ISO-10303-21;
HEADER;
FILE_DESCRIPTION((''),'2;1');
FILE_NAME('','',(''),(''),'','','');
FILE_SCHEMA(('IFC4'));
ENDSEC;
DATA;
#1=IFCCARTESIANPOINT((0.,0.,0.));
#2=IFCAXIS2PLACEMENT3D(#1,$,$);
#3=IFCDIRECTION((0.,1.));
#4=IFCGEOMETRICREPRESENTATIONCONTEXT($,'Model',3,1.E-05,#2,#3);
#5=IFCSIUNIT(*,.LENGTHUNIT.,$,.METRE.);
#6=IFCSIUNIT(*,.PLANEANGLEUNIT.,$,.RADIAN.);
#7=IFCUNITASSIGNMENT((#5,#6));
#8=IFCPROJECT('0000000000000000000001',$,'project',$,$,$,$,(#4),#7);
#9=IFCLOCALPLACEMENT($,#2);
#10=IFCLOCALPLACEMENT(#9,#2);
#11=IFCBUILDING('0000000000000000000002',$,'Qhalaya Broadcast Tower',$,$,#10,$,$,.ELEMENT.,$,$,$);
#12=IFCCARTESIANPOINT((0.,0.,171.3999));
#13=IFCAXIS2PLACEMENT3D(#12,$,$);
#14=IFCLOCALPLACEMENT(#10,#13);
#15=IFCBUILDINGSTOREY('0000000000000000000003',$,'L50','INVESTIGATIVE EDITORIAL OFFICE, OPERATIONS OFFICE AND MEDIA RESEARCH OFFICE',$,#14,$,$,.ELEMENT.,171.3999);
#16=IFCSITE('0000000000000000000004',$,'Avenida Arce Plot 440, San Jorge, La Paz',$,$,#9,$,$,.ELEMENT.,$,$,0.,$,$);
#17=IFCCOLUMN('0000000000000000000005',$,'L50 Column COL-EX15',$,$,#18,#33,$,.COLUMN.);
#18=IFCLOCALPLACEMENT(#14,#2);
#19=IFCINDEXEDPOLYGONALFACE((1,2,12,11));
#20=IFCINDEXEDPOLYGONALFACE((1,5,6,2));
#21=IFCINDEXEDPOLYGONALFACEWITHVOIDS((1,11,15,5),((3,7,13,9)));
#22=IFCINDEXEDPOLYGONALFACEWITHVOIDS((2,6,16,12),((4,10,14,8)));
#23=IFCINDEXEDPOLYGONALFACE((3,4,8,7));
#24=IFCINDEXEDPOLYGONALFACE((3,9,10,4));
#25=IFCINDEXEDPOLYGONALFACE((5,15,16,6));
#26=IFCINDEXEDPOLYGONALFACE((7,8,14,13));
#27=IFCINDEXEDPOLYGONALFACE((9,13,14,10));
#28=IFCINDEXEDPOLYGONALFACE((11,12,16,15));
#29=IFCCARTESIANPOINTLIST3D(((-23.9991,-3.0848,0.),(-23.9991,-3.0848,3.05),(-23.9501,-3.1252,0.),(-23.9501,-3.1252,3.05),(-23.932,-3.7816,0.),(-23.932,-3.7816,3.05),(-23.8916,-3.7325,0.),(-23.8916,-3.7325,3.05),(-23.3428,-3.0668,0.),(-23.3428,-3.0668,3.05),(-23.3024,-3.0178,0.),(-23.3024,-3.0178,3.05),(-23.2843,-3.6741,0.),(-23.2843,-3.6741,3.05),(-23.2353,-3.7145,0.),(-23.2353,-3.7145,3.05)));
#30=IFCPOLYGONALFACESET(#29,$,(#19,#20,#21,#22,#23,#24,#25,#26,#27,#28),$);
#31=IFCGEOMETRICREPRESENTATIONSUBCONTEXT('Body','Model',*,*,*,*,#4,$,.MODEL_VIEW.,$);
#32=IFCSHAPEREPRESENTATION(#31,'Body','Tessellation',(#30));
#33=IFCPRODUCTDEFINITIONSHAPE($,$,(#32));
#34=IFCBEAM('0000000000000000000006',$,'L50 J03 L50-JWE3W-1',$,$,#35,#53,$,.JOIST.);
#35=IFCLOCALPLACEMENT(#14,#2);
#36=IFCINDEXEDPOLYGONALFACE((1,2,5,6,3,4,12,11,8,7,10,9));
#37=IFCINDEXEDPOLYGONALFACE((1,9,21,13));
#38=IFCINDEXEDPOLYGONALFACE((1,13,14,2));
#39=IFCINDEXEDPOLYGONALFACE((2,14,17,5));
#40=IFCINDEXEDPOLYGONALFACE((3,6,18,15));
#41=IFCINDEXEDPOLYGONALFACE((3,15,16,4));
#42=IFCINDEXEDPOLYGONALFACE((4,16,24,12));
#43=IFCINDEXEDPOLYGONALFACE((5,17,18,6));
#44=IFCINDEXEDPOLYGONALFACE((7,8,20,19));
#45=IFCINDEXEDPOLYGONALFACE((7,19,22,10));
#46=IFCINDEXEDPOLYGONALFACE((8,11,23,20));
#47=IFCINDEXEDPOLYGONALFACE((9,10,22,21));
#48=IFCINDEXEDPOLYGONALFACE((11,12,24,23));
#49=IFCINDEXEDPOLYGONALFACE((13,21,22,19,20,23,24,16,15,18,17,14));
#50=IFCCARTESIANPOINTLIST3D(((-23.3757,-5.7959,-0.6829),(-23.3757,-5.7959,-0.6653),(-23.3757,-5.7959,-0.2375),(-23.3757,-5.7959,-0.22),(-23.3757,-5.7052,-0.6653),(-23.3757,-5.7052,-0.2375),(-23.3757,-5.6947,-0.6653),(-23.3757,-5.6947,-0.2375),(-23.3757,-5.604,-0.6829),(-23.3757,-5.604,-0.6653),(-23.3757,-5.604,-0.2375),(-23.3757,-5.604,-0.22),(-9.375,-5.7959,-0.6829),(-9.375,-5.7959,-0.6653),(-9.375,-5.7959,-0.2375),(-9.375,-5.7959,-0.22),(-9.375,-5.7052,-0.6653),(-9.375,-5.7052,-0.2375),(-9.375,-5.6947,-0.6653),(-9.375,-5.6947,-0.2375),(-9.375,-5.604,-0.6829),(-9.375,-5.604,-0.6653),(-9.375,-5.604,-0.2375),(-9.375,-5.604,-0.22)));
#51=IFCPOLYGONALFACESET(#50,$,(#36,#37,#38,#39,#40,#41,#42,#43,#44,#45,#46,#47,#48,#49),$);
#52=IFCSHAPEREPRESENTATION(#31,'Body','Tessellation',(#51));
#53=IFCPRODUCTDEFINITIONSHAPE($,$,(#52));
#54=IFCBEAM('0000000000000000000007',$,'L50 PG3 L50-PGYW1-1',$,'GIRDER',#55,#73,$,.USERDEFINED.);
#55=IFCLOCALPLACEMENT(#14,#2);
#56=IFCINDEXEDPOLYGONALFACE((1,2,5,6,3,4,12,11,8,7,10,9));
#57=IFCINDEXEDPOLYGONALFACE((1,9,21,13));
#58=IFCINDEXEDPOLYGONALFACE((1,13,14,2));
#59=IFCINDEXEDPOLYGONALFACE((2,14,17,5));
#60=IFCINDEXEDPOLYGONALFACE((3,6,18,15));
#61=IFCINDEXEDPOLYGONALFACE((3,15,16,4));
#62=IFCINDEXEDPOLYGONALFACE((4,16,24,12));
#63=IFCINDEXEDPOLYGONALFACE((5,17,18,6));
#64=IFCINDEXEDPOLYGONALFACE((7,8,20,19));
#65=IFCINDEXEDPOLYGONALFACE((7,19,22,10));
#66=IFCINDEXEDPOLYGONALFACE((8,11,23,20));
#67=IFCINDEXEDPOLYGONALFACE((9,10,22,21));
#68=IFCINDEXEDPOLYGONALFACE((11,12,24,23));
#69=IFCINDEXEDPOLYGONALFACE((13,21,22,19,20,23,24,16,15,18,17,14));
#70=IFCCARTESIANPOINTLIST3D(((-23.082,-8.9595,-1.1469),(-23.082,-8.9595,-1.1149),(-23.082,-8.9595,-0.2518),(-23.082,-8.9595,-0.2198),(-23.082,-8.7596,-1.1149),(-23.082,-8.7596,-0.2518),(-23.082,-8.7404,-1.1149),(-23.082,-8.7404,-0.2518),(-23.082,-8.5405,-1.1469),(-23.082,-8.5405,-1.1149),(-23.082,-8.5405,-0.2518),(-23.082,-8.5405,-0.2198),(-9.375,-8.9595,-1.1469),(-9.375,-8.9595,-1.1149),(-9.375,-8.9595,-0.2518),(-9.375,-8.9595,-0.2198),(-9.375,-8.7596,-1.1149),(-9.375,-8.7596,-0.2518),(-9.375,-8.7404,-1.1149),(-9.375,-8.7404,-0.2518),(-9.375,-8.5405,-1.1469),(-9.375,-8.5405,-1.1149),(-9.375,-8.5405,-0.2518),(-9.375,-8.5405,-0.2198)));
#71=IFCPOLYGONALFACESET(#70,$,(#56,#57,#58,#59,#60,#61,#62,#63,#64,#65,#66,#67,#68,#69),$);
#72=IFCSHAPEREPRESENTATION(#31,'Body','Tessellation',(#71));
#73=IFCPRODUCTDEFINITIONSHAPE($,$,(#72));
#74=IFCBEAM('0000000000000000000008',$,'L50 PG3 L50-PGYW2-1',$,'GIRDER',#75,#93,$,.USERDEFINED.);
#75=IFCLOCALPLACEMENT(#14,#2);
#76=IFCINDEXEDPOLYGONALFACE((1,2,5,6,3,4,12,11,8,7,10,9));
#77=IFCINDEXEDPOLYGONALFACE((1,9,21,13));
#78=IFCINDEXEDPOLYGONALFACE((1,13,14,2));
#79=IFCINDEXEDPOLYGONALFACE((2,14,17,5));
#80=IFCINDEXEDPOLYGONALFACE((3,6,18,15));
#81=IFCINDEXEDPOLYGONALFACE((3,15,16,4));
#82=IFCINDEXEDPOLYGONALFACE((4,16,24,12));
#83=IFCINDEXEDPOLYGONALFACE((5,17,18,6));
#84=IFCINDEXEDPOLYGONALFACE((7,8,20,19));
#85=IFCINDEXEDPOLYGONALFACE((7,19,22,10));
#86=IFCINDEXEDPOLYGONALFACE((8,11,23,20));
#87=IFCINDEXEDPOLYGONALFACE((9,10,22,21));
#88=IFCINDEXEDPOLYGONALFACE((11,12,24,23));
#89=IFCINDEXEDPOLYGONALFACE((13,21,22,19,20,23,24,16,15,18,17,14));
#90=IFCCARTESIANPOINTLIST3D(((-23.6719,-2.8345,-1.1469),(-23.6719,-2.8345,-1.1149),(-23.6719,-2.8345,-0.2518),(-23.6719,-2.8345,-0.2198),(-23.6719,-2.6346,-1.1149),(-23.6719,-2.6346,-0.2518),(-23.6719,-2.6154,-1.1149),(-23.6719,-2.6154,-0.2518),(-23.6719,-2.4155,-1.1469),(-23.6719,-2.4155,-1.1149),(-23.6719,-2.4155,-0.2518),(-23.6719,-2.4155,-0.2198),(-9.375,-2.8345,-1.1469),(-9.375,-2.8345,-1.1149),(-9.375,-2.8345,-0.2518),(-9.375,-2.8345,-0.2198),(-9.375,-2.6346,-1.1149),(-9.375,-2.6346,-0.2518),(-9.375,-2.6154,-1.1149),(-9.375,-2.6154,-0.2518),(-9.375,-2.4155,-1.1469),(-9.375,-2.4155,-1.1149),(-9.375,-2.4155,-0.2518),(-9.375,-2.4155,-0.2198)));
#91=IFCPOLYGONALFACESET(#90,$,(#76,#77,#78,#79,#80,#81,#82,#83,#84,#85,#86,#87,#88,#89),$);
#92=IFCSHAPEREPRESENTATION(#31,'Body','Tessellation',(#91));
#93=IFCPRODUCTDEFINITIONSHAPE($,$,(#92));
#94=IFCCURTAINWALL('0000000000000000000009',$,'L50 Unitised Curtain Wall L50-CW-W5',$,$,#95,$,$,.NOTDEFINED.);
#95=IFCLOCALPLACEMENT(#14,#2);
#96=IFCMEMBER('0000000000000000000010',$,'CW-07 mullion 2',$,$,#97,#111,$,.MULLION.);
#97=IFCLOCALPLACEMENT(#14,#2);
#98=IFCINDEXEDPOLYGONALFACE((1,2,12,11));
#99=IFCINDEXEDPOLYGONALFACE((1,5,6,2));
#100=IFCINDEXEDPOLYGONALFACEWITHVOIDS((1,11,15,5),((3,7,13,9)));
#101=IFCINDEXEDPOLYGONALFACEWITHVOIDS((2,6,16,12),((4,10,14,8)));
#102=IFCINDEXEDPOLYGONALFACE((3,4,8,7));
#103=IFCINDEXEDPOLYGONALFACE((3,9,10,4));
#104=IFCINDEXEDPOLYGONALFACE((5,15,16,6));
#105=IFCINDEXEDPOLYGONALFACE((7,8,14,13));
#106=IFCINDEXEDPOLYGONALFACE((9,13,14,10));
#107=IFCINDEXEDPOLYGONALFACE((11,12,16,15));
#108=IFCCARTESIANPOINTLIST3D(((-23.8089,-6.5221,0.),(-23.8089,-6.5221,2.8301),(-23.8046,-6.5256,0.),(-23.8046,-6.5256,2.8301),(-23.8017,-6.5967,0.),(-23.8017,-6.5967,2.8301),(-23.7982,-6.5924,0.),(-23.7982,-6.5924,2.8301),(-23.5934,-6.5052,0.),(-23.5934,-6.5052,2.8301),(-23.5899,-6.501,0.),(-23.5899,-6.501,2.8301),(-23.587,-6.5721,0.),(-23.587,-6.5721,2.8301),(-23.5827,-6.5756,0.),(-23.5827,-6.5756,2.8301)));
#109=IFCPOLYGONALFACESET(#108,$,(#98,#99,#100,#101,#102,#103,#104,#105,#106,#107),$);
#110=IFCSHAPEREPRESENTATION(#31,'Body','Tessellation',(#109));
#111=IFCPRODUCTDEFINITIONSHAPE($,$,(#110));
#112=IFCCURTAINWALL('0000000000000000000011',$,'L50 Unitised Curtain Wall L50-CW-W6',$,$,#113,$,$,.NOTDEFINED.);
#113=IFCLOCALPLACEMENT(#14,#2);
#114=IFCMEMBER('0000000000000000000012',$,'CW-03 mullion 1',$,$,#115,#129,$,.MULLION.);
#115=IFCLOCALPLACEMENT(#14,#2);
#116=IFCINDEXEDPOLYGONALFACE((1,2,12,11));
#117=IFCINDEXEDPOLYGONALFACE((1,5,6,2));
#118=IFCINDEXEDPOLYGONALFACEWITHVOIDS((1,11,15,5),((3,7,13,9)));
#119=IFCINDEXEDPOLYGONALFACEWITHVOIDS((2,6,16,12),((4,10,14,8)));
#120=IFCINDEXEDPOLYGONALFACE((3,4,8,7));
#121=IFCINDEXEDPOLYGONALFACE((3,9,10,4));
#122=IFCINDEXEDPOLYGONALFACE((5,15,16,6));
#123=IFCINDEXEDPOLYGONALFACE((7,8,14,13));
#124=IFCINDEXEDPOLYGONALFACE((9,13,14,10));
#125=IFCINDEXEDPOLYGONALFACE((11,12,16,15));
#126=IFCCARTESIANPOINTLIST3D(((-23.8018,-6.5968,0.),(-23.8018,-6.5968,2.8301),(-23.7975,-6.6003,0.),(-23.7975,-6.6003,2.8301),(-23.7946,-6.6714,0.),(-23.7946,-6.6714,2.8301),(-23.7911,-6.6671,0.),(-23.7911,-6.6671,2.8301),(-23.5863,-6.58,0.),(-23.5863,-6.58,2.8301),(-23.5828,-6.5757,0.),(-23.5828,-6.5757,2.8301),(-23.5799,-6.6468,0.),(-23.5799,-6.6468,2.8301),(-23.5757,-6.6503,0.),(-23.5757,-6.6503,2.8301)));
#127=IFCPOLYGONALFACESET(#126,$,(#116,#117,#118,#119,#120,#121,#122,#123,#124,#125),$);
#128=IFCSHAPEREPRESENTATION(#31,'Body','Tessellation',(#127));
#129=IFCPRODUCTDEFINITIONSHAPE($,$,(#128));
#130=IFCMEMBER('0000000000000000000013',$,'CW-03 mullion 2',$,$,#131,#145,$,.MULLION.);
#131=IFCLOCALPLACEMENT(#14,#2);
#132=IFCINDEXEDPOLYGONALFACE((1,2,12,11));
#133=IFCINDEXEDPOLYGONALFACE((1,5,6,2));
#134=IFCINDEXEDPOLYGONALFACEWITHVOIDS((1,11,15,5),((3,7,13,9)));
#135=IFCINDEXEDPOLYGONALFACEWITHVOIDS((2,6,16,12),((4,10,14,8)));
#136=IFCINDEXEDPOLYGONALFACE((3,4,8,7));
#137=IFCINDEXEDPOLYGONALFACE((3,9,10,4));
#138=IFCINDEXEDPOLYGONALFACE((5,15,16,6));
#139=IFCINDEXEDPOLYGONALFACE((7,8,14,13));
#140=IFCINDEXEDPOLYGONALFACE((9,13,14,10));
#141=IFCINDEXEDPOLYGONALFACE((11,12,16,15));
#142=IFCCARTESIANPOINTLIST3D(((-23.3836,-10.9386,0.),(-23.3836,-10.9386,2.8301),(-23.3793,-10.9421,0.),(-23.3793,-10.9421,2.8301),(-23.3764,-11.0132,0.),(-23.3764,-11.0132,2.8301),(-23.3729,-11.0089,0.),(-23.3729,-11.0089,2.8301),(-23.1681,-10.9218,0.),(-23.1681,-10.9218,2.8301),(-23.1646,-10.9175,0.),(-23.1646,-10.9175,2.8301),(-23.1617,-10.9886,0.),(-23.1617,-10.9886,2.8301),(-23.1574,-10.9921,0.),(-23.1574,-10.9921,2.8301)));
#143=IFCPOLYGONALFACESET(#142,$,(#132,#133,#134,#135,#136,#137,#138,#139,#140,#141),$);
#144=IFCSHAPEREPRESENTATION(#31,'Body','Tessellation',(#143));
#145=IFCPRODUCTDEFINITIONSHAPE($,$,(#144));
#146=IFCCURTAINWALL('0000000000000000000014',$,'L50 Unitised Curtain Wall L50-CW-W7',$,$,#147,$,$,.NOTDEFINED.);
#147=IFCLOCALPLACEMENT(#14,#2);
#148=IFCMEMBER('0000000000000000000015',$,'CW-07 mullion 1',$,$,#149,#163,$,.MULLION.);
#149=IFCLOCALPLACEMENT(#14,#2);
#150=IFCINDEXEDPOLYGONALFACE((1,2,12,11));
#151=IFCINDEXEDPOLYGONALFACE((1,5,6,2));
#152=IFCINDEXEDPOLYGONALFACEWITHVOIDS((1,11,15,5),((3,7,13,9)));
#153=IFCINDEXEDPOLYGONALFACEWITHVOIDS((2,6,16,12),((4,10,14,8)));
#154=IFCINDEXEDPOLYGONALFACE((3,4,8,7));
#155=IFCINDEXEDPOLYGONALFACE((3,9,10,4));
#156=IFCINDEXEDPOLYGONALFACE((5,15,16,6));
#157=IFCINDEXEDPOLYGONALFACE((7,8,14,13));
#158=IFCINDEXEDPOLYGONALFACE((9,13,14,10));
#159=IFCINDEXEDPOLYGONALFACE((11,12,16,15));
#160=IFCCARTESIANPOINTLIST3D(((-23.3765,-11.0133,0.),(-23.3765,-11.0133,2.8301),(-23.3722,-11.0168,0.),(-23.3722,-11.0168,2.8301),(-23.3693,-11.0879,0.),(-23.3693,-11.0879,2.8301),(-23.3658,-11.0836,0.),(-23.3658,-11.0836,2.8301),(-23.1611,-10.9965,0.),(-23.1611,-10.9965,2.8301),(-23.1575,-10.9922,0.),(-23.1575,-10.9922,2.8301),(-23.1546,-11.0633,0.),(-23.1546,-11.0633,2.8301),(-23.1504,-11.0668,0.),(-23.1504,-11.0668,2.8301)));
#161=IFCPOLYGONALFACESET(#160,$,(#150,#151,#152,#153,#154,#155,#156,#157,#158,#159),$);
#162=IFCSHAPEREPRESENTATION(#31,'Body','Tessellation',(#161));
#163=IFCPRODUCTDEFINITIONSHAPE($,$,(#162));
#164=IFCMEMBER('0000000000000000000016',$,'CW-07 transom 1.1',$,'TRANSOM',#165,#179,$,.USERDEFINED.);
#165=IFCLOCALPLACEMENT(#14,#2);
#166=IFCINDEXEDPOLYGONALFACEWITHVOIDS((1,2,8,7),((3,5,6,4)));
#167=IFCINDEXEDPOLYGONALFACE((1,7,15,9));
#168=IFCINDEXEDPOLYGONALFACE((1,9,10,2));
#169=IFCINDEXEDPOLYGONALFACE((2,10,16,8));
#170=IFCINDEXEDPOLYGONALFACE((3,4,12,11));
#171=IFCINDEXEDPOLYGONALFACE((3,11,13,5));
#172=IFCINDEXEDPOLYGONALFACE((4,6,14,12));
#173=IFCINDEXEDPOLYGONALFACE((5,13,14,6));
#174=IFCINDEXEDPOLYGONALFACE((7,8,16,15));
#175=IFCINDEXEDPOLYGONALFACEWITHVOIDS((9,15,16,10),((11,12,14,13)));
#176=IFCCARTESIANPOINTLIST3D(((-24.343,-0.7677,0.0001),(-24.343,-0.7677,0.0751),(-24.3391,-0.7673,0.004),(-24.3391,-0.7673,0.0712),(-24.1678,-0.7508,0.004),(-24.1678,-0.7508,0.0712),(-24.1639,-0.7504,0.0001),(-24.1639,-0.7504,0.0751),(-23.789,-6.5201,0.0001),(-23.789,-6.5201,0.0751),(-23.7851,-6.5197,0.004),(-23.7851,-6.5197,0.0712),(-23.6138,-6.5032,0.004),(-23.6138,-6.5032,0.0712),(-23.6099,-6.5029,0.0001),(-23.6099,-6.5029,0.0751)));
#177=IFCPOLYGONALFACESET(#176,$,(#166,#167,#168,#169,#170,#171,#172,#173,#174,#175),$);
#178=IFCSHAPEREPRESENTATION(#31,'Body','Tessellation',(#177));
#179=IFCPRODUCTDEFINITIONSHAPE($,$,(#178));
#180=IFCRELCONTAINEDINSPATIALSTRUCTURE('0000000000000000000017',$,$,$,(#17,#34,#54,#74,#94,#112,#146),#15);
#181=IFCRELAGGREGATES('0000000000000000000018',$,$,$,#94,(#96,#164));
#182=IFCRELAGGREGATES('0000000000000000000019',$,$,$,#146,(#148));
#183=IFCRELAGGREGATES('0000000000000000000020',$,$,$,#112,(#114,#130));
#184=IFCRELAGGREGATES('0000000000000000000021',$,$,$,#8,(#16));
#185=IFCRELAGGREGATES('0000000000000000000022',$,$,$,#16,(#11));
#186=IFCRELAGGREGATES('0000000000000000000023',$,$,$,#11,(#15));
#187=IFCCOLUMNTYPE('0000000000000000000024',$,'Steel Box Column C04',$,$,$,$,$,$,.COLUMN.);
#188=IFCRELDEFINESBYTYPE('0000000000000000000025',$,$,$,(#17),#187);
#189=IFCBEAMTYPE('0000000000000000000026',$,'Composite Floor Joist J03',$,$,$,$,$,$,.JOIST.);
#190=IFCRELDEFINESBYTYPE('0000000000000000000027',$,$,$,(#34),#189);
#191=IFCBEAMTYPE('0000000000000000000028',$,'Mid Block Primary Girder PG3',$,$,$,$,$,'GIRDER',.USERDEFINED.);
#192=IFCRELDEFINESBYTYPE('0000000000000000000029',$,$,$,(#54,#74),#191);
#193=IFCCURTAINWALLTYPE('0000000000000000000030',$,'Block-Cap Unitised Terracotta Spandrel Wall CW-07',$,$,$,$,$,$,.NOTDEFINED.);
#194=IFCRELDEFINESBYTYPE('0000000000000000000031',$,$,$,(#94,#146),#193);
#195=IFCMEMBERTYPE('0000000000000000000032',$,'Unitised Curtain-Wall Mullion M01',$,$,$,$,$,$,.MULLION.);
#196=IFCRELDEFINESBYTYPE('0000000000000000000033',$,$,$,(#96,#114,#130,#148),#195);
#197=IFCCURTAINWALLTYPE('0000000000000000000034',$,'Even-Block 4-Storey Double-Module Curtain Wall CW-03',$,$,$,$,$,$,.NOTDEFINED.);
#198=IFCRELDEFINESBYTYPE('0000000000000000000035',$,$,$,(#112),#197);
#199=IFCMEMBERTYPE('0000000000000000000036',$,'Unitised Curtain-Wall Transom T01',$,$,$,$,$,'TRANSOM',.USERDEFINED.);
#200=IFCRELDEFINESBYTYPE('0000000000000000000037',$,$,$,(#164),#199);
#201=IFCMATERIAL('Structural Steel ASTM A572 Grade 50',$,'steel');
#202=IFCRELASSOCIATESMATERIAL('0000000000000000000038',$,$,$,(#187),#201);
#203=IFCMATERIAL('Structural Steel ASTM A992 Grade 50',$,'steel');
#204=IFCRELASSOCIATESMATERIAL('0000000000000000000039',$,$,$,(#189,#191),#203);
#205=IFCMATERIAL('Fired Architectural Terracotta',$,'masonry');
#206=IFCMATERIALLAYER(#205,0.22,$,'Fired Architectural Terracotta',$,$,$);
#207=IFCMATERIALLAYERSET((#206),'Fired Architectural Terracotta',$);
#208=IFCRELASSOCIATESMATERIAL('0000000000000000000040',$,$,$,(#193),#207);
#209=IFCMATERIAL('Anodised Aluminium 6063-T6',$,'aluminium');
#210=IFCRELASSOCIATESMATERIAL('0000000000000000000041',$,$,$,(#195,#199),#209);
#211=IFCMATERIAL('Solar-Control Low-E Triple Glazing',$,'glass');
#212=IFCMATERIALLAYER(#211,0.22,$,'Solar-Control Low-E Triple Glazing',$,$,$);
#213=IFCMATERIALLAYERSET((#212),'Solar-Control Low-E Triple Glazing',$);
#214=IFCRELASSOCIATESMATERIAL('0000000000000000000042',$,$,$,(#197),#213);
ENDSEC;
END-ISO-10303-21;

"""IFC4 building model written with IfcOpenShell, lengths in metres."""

from ifc_helpers import new_model, si_unit, direction, frame, origin, origin_2d, place, context, subcontext, project, spatial, hollow_rectangle, i_section, extrude, material, layer, layer_set, material_profile, profile_set, type_object, element, aggregate, save


model = new_model("IFC4")

# Units and contexts
model_context = context("Model", 3, precision=1e-05, world=origin(), true_north=direction((0.0, 1.0)))
body_context = subcontext(model_context, "Body", "Model", "MODEL_VIEW")
ifc_project = project(units=[si_unit("LENGTHUNIT", "METRE"), si_unit("PLANEANGLEUNIT", "RADIAN")], contexts=[model_context])

# Site, building, storey
site_placement = place(None, origin())
site = spatial("IfcSite", under=ifc_project, at=site_placement, Name="Avenida Arce Plot 440, San Jorge, La Paz", CompositionType="ELEMENT", RefElevation=0.0)
building_placement = place(site_placement, origin())
building = spatial("IfcBuilding", under=site, at=building_placement, Name="Qhalaya Broadcast Tower", CompositionType="ELEMENT")
storey_placement = place(building_placement, frame((0.0, 0.0, 171.3999)))
storey = spatial("IfcBuildingStorey", under=building, at=storey_placement, Name="L50", Description="INVESTIGATIVE EDITORIAL OFFICE, OPERATIONS OFFICE AND MEDIA RESEARCH OFFICE", CompositionType="ELEMENT", Elevation=171.3999)

# Column
ifc_material_1 = material(Name="Structural Steel ASTM A572 Grade 50", Category="steel")
ifc_material_profile_1 = material_profile(ifc_material_1, hollow_rectangle(XDim=0.7, YDim=0.7, WallThickness=0.0449, at=origin_2d()), Name="BOX 700x700x45")
ifc_profile_set_1 = profile_set([ifc_material_profile_1], Name="Structural Steel ASTM A572 Grade 50")
column_type = type_object("IfcColumnType", Name="Steel Box Column C04", PredefinedType="COLUMN", material=ifc_profile_set_1)
column_placement = place(storey_placement, frame((-23.6172, -3.3997, 0.0), z_axis=(0.0, 0.0, 1.0), x_axis=(-0.095846, 0.995396, 0.0)))
element("IfcColumn", 1, at=column_placement, inside=storey, type_object=column_type, Name="L50 Column COL-EX15", PredefinedType="COLUMN", context=body_context, shape_type="SweptSolid", body=[
    extrude(hollow_rectangle(XDim=0.7, YDim=0.7, WallThickness=0.0449, at=origin_2d()), origin(), (0.0, 0.0, 1.0), 3.05),
])

# Beams
ifc_material_2 = material(Name="Structural Steel ASTM A992 Grade 50", Category="steel")
ifc_material_profile_2 = material_profile(ifc_material_2, i_section(OverallWidth=0.1919, OverallDepth=0.4629, WebThickness=0.0105, FlangeThickness=0.0176, at=origin_2d()), Name="W18X60")
ifc_profile_set_2 = profile_set([ifc_material_profile_2], Name="Structural Steel ASTM A992 Grade 50")
beam_type_1 = type_object("IfcBeamType", Name="Composite Floor Joist J03", PredefinedType="JOIST", material=ifc_profile_set_2)
beam_1_placement = place(storey_placement, frame((-23.3757, -5.7, -0.4514), z_axis=(1.0, 0.0, 0.0), x_axis=(0.0, 1.0, 0.0)))
element("IfcBeam", 2, at=beam_1_placement, inside=storey, type_object=beam_type_1, Name="L50 J03 L50-JWE3W-1", PredefinedType="JOIST", context=body_context, shape_type="SweptSolid", body=[
    extrude(i_section(OverallWidth=0.1919, OverallDepth=0.4629, WebThickness=0.0105, FlangeThickness=0.0176, at=origin_2d()), origin(), (0.0, 0.0, 1.0), 14.0007),
])
ifc_material_profile_3 = material_profile(ifc_material_2, i_section(OverallWidth=0.4189, OverallDepth=0.927, WebThickness=0.0193, FlangeThickness=0.032, at=origin_2d()), Name="W36X231")
ifc_profile_set_3 = profile_set([ifc_material_profile_3], Name="Structural Steel ASTM A992 Grade 50")
beam_type_2 = type_object("IfcBeamType", Name="Mid Block Primary Girder PG3", ElementType="GIRDER", PredefinedType="USERDEFINED", material=ifc_profile_set_3)
beam_2_placement = place(storey_placement, frame((-23.082, -8.75, -0.6833), z_axis=(1.0, 0.0, 0.0), x_axis=(0.0, 1.0, 0.0)))
element("IfcBeam", 3, at=beam_2_placement, inside=storey, type_object=beam_type_2, Name="L50 PG3 L50-PGYW1-1", ObjectType="GIRDER", PredefinedType="USERDEFINED", context=body_context, shape_type="SweptSolid", body=[
    extrude(i_section(OverallWidth=0.4189, OverallDepth=0.927, WebThickness=0.0193, FlangeThickness=0.032, at=origin_2d()), origin(), (0.0, 0.0, 1.0), 13.707),
])
beam_3_placement = place(storey_placement, frame((-23.6719, -2.625, -0.6833), z_axis=(1.0, 0.0, 0.0), x_axis=(0.0, 1.0, 0.0)))
element("IfcBeam", 4, at=beam_3_placement, inside=storey, type_object=beam_type_2, Name="L50 PG3 L50-PGYW2-1", ObjectType="GIRDER", PredefinedType="USERDEFINED", context=body_context, shape_type="SweptSolid", body=[
    extrude(i_section(OverallWidth=0.4189, OverallDepth=0.927, WebThickness=0.0193, FlangeThickness=0.032, at=origin_2d()), origin(), (0.0, 0.0, 1.0), 14.2969),
])

# Curtain wall, member
ifc_material_3 = material(Name="Fired Architectural Terracotta", Category="masonry")
ifc_layer_1 = layer(ifc_material_3, 0.22, Name="Fired Architectural Terracotta")
ifc_layer_set_1 = layer_set([ifc_layer_1], Name="Fired Architectural Terracotta")
curtain_wall_type_1 = type_object("IfcCurtainWallType", Name="Block-Cap Unitised Terracotta Spandrel Wall CW-07", PredefinedType="NOTDEFINED", material=ifc_layer_set_1)
curtain_wall_1_placement = place(storey_placement, origin())
curtain_wall_1 = element("IfcCurtainWall", 5, at=curtain_wall_1_placement, inside=storey, type_object=curtain_wall_type_1, Name="L50 Unitised Curtain Wall L50-CW-W5", PredefinedType="NOTDEFINED")
ifc_material_4 = material(Name="Anodised Aluminium 6063-T6", Category="aluminium")
ifc_material_profile_4 = material_profile(ifc_material_4, hollow_rectangle(XDim=0.075, YDim=0.22, WallThickness=0.0039, at=origin_2d()), Name="ALU-MUL 75x220x4")
ifc_profile_set_4 = profile_set([ifc_material_profile_4], Name="Anodised Aluminium 6063-T6")
member_type_1 = type_object("IfcMemberType", Name="Unitised Curtain-Wall Mullion M01", PredefinedType="MULLION", material=ifc_profile_set_4)
member_1_placement = place(storey_placement, frame((-23.6958, -6.5488, 0.0), z_axis=(0.0, 0.0, 1.0), x_axis=(0.095849, -0.995396, 0.0)))
member_1 = element("IfcMember", 6, at=member_1_placement, type_object=member_type_1, Name="CW-07 mullion 2", PredefinedType="MULLION", context=body_context, shape_type="SweptSolid", body=[
    extrude(hollow_rectangle(XDim=0.075, YDim=0.22, WallThickness=0.0039, at=origin_2d()), origin(), (0.0, 0.0, 1.0), 2.8301),
])

# Curtain wall, members
ifc_material_5 = material(Name="Solar-Control Low-E Triple Glazing", Category="glass")
ifc_layer_2 = layer(ifc_material_5, 0.22, Name="Solar-Control Low-E Triple Glazing")
ifc_layer_set_2 = layer_set([ifc_layer_2], Name="Solar-Control Low-E Triple Glazing")
curtain_wall_type_2 = type_object("IfcCurtainWallType", Name="Even-Block 4-Storey Double-Module Curtain Wall CW-03", PredefinedType="NOTDEFINED", material=ifc_layer_set_2)
curtain_wall_2_placement = place(storey_placement, origin())
curtain_wall_2 = element("IfcCurtainWall", 7, at=curtain_wall_2_placement, inside=storey, type_object=curtain_wall_type_2, Name="L50 Unitised Curtain Wall L50-CW-W6", PredefinedType="NOTDEFINED")
member_2_placement = place(storey_placement, frame((-23.6887, -6.6235, 0.0), z_axis=(0.0, 0.0, 1.0), x_axis=(0.095832, -0.995398, 0.0)))
member_2 = element("IfcMember", 8, at=member_2_placement, type_object=member_type_1, Name="CW-03 mullion 1", PredefinedType="MULLION", context=body_context, shape_type="SweptSolid", body=[
    extrude(hollow_rectangle(XDim=0.075, YDim=0.22, WallThickness=0.0039, at=origin_2d()), origin(), (0.0, 0.0, 1.0), 2.8301),
])
member_3_placement = place(storey_placement, frame((-23.2705, -10.9653, 0.0), z_axis=(0.0, 0.0, 1.0), x_axis=(0.095832, -0.995398, 0.0)))
member_3 = element("IfcMember", 9, at=member_3_placement, type_object=member_type_1, Name="CW-03 mullion 2", PredefinedType="MULLION", context=body_context, shape_type="SweptSolid", body=[
    extrude(hollow_rectangle(XDim=0.075, YDim=0.22, WallThickness=0.0039, at=origin_2d()), origin(), (0.0, 0.0, 1.0), 2.8301),
])

# Curtain wall, member
curtain_wall_3_placement = place(storey_placement, origin())
curtain_wall_3 = element("IfcCurtainWall", 10, at=curtain_wall_3_placement, inside=storey, type_object=curtain_wall_type_1, Name="L50 Unitised Curtain Wall L50-CW-W7", PredefinedType="NOTDEFINED")
member_4_placement = place(storey_placement, frame((-23.2634, -11.04, 0.0), z_axis=(0.0, 0.0, 1.0), x_axis=(0.09586, -0.995395, 0.0)))
member_4 = element("IfcMember", 11, at=member_4_placement, type_object=member_type_1, Name="CW-07 mullion 1", PredefinedType="MULLION", context=body_context, shape_type="SweptSolid", body=[
    extrude(hollow_rectangle(XDim=0.075, YDim=0.22, WallThickness=0.0039, at=origin_2d()), origin(), (0.0, 0.0, 1.0), 2.8301),
])

# Member
ifc_material_profile_5 = material_profile(ifc_material_4, hollow_rectangle(XDim=0.075, YDim=0.1799, WallThickness=0.0039, at=origin_2d()), Name="ALU-TRN 75x180x4")
ifc_profile_set_5 = profile_set([ifc_material_profile_5], Name="Anodised Aluminium 6063-T6")
member_type_2 = type_object("IfcMemberType", Name="Unitised Curtain-Wall Transom T01", ElementType="TRANSOM", PredefinedType="USERDEFINED", material=ifc_profile_set_5)
member_5_placement = place(storey_placement, frame((-24.2534, -0.759, 0.0376), z_axis=(0.095856, -0.995395, 0.0), x_axis=(0.0, 0.0, 1.0)))
member_5 = element("IfcMember", 12, at=member_5_placement, type_object=member_type_2, Name="CW-07 transom 1.1", ObjectType="TRANSOM", PredefinedType="USERDEFINED", context=body_context, shape_type="SweptSolid", body=[
    extrude(hollow_rectangle(XDim=0.075, YDim=0.1799, WallThickness=0.0039, at=origin_2d()), origin(), (0.0, 0.0, 1.0), 5.7791),
])

aggregate(curtain_wall_1, [member_1, member_5])
aggregate(curtain_wall_3, [member_4])
aggregate(curtain_wall_2, [member_2, member_3])

save(model, "model.ifc")
